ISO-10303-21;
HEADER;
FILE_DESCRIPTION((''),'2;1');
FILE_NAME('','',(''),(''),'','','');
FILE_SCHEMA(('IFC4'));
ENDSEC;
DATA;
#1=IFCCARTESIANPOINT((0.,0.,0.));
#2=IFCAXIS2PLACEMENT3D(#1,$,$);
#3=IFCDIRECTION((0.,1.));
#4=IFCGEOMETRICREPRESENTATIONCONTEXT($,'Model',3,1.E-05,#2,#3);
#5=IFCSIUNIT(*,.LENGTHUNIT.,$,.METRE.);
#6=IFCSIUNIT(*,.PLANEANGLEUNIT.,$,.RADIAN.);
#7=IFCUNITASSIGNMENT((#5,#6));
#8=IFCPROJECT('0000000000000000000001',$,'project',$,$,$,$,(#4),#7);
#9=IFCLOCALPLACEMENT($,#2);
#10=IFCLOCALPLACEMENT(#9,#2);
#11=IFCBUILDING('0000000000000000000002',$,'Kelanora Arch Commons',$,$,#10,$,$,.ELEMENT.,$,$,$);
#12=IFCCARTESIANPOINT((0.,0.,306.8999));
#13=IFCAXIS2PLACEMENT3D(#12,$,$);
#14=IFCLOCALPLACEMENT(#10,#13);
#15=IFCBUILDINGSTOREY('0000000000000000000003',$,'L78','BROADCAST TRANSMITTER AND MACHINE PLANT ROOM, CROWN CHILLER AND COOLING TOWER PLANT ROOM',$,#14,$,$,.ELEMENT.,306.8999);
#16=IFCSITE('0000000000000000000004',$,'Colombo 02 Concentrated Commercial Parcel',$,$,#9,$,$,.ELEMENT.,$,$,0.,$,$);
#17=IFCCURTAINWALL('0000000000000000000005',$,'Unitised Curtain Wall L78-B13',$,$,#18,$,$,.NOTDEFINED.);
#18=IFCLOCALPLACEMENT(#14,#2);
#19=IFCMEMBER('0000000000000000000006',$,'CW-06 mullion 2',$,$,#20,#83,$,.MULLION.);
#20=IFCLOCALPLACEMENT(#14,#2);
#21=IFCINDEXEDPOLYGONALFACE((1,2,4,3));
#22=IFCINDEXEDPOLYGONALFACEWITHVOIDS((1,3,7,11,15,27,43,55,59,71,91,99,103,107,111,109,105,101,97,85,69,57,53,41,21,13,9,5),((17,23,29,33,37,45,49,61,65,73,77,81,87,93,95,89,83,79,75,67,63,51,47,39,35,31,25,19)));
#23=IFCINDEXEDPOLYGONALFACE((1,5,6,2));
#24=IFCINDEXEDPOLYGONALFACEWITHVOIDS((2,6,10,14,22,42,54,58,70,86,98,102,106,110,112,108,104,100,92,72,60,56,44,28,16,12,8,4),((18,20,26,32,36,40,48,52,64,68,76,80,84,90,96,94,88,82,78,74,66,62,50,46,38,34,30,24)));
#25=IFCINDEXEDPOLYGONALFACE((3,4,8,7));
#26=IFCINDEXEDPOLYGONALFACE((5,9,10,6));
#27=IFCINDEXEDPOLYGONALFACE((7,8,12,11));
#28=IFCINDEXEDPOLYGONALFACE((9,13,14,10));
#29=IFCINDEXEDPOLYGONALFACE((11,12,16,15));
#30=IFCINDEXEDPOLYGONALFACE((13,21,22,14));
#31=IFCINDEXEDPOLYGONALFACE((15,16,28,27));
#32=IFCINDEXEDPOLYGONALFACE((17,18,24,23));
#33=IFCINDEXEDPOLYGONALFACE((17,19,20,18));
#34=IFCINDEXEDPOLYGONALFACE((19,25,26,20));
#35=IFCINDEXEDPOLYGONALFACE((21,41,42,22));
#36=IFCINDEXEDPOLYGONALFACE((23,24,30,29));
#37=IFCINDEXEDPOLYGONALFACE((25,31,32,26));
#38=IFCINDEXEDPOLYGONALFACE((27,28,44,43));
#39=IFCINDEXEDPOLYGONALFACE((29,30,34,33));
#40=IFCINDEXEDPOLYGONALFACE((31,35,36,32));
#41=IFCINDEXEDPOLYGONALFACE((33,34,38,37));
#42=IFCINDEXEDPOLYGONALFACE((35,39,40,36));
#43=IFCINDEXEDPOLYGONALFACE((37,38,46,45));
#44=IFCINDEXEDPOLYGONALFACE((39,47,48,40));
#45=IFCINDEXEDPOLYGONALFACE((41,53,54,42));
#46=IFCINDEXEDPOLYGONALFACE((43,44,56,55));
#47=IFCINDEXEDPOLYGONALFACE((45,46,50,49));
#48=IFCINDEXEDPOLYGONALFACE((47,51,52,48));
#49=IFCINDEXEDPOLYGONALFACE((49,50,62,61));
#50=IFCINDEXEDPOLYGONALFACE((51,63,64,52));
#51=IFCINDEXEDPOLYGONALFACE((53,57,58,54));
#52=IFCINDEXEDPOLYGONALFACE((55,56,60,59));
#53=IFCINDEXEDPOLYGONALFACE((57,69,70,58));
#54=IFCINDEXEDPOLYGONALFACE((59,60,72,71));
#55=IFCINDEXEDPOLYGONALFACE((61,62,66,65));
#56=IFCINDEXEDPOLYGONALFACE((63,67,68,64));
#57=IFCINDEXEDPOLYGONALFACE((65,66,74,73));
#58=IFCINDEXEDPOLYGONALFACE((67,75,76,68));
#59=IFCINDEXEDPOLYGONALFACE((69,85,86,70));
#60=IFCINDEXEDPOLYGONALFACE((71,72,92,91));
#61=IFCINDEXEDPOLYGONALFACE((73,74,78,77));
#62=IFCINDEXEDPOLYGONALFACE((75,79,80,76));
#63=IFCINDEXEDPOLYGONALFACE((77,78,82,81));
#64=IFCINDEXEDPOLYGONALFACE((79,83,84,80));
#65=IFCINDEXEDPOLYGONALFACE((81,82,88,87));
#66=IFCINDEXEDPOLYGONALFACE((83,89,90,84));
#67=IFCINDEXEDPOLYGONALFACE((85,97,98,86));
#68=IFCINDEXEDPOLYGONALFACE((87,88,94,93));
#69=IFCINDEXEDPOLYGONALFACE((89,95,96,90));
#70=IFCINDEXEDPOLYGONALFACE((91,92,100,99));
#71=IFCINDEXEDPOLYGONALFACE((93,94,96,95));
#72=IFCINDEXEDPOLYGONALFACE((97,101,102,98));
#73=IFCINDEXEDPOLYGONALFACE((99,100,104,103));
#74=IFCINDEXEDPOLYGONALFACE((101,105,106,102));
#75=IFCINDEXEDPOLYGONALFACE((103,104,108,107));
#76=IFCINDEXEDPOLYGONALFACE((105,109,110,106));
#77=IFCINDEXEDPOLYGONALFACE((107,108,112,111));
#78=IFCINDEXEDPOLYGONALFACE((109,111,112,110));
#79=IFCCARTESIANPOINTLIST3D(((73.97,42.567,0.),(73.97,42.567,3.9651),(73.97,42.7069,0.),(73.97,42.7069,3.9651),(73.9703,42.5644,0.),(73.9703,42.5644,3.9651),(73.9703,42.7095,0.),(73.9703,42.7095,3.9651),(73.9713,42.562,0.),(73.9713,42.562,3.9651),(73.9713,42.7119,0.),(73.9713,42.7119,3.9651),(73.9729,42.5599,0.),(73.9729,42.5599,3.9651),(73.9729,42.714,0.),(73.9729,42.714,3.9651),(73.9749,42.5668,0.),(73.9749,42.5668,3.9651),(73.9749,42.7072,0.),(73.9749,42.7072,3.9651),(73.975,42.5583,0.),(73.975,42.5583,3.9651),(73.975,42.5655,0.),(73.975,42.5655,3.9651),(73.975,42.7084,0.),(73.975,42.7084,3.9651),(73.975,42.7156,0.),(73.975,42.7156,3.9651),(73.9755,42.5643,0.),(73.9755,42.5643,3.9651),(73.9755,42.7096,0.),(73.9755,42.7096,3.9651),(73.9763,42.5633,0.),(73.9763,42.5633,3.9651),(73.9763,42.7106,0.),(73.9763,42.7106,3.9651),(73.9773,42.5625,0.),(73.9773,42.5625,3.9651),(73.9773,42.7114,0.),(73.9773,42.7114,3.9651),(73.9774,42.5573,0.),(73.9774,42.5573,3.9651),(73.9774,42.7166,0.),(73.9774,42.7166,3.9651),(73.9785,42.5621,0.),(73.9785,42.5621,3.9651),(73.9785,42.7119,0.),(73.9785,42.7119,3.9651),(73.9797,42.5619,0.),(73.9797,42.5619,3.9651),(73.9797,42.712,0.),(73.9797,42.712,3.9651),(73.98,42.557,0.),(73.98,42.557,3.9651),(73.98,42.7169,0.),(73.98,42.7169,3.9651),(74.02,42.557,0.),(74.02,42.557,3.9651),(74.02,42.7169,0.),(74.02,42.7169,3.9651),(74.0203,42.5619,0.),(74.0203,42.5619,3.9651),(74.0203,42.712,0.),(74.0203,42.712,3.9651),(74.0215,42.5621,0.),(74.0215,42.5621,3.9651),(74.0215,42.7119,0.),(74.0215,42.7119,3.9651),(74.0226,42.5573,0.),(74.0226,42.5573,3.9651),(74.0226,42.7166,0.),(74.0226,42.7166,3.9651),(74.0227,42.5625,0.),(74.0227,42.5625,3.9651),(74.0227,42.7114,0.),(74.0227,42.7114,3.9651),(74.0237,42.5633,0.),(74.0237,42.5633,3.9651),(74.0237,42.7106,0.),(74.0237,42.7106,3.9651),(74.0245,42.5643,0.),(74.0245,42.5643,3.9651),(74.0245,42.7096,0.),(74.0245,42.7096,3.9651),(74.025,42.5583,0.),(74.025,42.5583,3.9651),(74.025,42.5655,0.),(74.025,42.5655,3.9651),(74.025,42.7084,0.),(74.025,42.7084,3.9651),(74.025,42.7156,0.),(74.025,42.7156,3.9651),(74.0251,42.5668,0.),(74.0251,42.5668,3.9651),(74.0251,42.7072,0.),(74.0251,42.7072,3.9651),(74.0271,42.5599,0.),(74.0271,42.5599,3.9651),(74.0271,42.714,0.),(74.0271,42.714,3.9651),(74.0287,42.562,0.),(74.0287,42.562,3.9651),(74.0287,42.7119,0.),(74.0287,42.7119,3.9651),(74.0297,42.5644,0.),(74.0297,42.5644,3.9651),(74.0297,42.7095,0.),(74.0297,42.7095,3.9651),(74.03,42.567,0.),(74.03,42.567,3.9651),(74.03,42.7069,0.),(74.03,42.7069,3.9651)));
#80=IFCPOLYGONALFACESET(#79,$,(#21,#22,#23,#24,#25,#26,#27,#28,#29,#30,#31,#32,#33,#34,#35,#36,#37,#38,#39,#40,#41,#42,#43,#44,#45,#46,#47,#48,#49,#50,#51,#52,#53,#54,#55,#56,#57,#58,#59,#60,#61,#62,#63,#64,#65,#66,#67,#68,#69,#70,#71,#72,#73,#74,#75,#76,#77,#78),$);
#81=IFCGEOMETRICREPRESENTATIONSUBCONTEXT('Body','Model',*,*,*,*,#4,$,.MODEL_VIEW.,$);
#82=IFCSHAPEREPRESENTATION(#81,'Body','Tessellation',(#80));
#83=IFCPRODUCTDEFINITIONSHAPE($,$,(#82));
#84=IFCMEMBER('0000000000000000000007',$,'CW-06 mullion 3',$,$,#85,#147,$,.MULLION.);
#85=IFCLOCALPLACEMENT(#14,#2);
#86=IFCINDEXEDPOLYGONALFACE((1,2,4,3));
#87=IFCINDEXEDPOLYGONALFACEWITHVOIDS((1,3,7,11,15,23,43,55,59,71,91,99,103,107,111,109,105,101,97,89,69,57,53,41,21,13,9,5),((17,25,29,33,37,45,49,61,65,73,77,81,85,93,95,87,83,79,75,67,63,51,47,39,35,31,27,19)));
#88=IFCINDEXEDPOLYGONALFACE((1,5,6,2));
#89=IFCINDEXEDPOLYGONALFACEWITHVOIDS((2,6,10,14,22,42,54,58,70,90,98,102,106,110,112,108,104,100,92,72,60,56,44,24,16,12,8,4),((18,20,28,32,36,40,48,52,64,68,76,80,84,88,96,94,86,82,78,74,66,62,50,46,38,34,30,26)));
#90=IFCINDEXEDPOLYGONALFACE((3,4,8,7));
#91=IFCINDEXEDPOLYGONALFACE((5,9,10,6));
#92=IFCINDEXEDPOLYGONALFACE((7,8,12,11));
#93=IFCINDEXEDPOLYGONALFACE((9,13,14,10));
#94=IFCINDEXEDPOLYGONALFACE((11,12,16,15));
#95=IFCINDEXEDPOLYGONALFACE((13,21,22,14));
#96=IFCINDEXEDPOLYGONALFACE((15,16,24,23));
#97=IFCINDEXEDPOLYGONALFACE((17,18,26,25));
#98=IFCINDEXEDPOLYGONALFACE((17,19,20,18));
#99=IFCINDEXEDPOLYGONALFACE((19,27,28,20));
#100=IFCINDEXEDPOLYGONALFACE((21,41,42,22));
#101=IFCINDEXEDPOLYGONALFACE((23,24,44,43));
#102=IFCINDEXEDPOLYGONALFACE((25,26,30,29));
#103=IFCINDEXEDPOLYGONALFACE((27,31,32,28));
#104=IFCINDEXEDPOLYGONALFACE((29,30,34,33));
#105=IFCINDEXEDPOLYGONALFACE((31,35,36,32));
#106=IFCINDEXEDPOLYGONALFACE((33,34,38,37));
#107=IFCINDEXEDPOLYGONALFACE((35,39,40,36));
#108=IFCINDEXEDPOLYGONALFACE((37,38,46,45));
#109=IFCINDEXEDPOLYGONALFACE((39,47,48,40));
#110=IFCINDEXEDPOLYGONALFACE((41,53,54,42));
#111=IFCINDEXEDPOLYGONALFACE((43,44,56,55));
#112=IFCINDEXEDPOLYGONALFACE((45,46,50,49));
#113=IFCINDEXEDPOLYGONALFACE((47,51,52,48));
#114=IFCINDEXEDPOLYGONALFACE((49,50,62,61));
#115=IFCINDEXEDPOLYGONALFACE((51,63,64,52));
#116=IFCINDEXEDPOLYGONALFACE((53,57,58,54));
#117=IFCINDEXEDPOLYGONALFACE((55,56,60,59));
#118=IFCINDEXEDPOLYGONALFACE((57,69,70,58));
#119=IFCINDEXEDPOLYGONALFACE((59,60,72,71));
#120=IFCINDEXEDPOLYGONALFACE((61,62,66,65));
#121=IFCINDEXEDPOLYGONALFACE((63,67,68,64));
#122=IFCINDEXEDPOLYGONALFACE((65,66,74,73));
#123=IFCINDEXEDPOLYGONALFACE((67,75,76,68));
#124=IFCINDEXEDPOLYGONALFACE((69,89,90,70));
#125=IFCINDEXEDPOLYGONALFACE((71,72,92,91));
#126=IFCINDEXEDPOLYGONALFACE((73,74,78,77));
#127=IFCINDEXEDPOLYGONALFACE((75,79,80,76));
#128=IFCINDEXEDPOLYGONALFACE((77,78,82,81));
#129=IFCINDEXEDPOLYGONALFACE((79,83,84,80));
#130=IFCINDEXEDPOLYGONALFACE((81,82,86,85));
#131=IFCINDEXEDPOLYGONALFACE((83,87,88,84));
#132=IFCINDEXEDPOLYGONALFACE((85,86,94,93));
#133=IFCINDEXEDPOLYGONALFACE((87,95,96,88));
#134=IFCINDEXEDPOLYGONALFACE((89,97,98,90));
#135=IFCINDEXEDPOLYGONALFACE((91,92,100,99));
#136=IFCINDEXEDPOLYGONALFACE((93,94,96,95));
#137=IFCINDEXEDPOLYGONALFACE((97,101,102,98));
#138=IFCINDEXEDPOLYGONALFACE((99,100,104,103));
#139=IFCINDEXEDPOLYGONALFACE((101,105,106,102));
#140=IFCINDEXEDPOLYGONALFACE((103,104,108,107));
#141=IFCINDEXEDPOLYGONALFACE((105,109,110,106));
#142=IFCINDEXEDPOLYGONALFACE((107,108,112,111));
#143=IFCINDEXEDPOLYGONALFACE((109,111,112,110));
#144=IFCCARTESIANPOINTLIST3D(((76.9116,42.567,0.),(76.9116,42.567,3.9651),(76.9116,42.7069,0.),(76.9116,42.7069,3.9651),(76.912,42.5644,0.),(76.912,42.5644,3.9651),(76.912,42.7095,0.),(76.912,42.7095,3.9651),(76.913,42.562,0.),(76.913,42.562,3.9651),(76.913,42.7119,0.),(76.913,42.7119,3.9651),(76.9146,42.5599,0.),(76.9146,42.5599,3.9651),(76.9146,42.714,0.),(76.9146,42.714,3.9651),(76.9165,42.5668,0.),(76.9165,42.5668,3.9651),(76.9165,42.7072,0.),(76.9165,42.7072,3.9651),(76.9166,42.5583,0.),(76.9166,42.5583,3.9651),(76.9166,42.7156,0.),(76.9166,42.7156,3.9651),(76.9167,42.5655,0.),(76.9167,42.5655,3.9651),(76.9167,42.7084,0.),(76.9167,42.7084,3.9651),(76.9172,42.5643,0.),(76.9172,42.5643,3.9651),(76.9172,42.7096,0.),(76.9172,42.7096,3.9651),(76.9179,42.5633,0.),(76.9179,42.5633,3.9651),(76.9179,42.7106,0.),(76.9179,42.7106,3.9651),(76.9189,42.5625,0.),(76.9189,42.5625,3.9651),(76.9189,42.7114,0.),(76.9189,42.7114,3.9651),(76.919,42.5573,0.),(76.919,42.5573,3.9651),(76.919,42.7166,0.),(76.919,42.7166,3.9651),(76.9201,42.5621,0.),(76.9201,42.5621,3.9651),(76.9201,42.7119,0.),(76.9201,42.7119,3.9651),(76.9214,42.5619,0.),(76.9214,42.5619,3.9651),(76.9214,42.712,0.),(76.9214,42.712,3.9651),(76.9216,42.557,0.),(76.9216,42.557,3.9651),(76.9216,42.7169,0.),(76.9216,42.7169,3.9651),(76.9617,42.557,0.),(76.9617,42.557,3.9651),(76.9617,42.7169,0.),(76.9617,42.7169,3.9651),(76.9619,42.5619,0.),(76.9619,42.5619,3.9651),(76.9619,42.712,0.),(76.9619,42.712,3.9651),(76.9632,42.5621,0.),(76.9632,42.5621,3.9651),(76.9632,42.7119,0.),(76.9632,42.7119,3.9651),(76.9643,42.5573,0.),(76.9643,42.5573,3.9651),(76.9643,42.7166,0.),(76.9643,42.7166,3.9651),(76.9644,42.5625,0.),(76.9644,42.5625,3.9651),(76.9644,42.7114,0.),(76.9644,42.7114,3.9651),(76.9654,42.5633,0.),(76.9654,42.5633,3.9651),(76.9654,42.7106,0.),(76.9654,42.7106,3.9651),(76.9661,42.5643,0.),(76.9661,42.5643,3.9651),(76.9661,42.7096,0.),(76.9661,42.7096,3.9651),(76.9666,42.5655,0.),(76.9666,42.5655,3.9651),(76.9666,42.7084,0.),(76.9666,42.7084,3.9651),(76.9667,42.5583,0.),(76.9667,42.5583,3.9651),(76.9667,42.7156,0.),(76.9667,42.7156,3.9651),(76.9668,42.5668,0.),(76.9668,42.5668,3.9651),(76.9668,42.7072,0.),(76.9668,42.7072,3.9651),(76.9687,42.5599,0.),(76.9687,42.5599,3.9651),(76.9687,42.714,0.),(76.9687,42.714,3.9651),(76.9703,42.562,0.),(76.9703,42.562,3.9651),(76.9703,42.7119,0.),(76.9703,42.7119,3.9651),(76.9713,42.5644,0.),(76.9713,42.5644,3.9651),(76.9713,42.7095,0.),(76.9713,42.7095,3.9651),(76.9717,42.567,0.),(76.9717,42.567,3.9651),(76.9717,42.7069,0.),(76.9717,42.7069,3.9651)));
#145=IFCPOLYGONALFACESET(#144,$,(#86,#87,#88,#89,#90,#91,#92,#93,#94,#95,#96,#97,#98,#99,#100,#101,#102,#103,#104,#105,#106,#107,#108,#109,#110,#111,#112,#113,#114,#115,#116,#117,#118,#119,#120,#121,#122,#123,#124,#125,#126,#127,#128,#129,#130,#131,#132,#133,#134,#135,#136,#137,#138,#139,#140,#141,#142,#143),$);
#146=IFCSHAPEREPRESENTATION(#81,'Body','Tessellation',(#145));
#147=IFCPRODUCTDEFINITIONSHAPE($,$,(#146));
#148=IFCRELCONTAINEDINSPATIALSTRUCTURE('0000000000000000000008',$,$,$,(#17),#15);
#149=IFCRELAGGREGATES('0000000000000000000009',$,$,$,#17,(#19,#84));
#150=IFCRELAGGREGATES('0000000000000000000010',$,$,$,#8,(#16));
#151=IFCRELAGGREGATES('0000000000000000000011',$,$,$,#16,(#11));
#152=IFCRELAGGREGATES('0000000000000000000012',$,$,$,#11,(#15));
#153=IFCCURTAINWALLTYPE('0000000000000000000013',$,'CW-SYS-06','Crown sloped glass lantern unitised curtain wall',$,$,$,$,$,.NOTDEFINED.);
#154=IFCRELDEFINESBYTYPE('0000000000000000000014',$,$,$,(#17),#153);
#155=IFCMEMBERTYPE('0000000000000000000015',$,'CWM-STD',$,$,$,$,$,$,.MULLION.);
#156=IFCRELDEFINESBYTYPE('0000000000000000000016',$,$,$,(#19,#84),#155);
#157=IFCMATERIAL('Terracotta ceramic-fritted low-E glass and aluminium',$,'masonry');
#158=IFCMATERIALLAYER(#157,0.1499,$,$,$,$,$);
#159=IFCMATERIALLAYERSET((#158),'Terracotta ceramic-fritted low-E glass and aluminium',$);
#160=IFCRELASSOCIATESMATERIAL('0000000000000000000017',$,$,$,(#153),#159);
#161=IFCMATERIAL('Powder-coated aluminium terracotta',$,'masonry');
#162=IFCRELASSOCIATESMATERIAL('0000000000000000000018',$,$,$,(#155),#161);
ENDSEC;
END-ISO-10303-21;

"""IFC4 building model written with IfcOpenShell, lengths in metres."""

from ifc_helpers import new_model, si_unit, direction, frame, origin, origin_2d, place, context, subcontext, project, spatial, hollow_rectangle, extrude, material, layer, layer_set, material_profile, profile_set, type_object, element, aggregate, save


model = new_model("IFC4")

# Units and contexts
model_context = context("Model", 3, precision=1e-05, world=origin(), true_north=direction((0.0, 1.0)))
body_context = subcontext(model_context, "Body", "Model", "MODEL_VIEW")
ifc_project = project(units=[si_unit("LENGTHUNIT", "METRE"), si_unit("PLANEANGLEUNIT", "RADIAN")], contexts=[model_context])

# Site, building, storey
site_placement = place(None, origin())
site = spatial("IfcSite", under=ifc_project, at=site_placement, Name="Colombo 02 Concentrated Commercial Parcel", CompositionType="ELEMENT", RefElevation=0.0)
building_placement = place(site_placement, origin())
building = spatial("IfcBuilding", under=site, at=building_placement, Name="Kelanora Arch Commons", CompositionType="ELEMENT")
storey_placement = place(building_placement, frame((0.0, 0.0, 306.8999)))
storey = spatial("IfcBuildingStorey", under=building, at=storey_placement, Name="L78", Description="BROADCAST TRANSMITTER AND MACHINE PLANT ROOM, CROWN CHILLER AND COOLING TOWER PLANT ROOM", CompositionType="ELEMENT", Elevation=306.8999)

# Curtain wall, members
ifc_material_1 = material(Name="Terracotta ceramic-fritted low-E glass and aluminium", Category="masonry")
ifc_layer_1 = layer(ifc_material_1, 0.1499)
ifc_layer_set_1 = layer_set([ifc_layer_1], Name="Terracotta ceramic-fritted low-E glass and aluminium")
curtain_wall_type = type_object("IfcCurtainWallType", Name="CW-SYS-06", Description="Crown sloped glass lantern unitised curtain wall", PredefinedType="NOTDEFINED", material=ifc_layer_set_1)
curtain_wall_1_placement = place(storey_placement, origin())
curtain_wall_1 = element("IfcCurtainWall", 1, at=curtain_wall_1_placement, inside=storey, type_object=curtain_wall_type, Name="Unitised Curtain Wall L78-B13", PredefinedType="NOTDEFINED")
ifc_material_2 = material(Name="Powder-coated aluminium terracotta", Category="masonry")
ifc_material_profile_1 = material_profile(ifc_material_2, hollow_rectangle(XDim=0.1599, YDim=0.0601, WallThickness=0.0049, InnerFilletRadius=0.0049, OuterFilletRadius=0.01, at=origin_2d()), Name="CWM160x60")
ifc_profile_set_1 = profile_set([ifc_material_profile_1], Name="Powder-coated aluminium terracotta")
member_type_1 = type_object("IfcMemberType", Name="CWM-STD", PredefinedType="MULLION", material=ifc_profile_set_1)
member_1_placement = place(storey_placement, frame((74.0, 42.637, 0.0), z_axis=(0.0, 0.0, 1.0), x_axis=(0.0, 1.0, 0.0)))
member_1 = element("IfcMember", 2, at=member_1_placement, type_object=member_type_1, Name="CW-06 mullion 2", PredefinedType="MULLION", context=body_context, shape_type="SweptSolid", body=[
    extrude(hollow_rectangle(XDim=0.1599, YDim=0.0601, WallThickness=0.0049, InnerFilletRadius=0.0049, OuterFilletRadius=0.01, at=origin_2d()), origin(), (0.0, 0.0, 1.0), 3.9651),
])
member_2_placement = place(storey_placement, frame((76.9417, 42.637, 0.0), z_axis=(0.0, 0.0, 1.0), x_axis=(0.0, 1.0, 0.0)))
member_2 = element("IfcMember", 3, at=member_2_placement, type_object=member_type_1, Name="CW-06 mullion 3", PredefinedType="MULLION", context=body_context, shape_type="SweptSolid", body=[
    extrude(hollow_rectangle(XDim=0.1599, YDim=0.0601, WallThickness=0.0049, InnerFilletRadius=0.0049, OuterFilletRadius=0.01, at=origin_2d()), origin(), (0.0, 0.0, 1.0), 3.9651),
])

aggregate(curtain_wall_1, [member_1, member_2])

save(model, "model.ifc")
